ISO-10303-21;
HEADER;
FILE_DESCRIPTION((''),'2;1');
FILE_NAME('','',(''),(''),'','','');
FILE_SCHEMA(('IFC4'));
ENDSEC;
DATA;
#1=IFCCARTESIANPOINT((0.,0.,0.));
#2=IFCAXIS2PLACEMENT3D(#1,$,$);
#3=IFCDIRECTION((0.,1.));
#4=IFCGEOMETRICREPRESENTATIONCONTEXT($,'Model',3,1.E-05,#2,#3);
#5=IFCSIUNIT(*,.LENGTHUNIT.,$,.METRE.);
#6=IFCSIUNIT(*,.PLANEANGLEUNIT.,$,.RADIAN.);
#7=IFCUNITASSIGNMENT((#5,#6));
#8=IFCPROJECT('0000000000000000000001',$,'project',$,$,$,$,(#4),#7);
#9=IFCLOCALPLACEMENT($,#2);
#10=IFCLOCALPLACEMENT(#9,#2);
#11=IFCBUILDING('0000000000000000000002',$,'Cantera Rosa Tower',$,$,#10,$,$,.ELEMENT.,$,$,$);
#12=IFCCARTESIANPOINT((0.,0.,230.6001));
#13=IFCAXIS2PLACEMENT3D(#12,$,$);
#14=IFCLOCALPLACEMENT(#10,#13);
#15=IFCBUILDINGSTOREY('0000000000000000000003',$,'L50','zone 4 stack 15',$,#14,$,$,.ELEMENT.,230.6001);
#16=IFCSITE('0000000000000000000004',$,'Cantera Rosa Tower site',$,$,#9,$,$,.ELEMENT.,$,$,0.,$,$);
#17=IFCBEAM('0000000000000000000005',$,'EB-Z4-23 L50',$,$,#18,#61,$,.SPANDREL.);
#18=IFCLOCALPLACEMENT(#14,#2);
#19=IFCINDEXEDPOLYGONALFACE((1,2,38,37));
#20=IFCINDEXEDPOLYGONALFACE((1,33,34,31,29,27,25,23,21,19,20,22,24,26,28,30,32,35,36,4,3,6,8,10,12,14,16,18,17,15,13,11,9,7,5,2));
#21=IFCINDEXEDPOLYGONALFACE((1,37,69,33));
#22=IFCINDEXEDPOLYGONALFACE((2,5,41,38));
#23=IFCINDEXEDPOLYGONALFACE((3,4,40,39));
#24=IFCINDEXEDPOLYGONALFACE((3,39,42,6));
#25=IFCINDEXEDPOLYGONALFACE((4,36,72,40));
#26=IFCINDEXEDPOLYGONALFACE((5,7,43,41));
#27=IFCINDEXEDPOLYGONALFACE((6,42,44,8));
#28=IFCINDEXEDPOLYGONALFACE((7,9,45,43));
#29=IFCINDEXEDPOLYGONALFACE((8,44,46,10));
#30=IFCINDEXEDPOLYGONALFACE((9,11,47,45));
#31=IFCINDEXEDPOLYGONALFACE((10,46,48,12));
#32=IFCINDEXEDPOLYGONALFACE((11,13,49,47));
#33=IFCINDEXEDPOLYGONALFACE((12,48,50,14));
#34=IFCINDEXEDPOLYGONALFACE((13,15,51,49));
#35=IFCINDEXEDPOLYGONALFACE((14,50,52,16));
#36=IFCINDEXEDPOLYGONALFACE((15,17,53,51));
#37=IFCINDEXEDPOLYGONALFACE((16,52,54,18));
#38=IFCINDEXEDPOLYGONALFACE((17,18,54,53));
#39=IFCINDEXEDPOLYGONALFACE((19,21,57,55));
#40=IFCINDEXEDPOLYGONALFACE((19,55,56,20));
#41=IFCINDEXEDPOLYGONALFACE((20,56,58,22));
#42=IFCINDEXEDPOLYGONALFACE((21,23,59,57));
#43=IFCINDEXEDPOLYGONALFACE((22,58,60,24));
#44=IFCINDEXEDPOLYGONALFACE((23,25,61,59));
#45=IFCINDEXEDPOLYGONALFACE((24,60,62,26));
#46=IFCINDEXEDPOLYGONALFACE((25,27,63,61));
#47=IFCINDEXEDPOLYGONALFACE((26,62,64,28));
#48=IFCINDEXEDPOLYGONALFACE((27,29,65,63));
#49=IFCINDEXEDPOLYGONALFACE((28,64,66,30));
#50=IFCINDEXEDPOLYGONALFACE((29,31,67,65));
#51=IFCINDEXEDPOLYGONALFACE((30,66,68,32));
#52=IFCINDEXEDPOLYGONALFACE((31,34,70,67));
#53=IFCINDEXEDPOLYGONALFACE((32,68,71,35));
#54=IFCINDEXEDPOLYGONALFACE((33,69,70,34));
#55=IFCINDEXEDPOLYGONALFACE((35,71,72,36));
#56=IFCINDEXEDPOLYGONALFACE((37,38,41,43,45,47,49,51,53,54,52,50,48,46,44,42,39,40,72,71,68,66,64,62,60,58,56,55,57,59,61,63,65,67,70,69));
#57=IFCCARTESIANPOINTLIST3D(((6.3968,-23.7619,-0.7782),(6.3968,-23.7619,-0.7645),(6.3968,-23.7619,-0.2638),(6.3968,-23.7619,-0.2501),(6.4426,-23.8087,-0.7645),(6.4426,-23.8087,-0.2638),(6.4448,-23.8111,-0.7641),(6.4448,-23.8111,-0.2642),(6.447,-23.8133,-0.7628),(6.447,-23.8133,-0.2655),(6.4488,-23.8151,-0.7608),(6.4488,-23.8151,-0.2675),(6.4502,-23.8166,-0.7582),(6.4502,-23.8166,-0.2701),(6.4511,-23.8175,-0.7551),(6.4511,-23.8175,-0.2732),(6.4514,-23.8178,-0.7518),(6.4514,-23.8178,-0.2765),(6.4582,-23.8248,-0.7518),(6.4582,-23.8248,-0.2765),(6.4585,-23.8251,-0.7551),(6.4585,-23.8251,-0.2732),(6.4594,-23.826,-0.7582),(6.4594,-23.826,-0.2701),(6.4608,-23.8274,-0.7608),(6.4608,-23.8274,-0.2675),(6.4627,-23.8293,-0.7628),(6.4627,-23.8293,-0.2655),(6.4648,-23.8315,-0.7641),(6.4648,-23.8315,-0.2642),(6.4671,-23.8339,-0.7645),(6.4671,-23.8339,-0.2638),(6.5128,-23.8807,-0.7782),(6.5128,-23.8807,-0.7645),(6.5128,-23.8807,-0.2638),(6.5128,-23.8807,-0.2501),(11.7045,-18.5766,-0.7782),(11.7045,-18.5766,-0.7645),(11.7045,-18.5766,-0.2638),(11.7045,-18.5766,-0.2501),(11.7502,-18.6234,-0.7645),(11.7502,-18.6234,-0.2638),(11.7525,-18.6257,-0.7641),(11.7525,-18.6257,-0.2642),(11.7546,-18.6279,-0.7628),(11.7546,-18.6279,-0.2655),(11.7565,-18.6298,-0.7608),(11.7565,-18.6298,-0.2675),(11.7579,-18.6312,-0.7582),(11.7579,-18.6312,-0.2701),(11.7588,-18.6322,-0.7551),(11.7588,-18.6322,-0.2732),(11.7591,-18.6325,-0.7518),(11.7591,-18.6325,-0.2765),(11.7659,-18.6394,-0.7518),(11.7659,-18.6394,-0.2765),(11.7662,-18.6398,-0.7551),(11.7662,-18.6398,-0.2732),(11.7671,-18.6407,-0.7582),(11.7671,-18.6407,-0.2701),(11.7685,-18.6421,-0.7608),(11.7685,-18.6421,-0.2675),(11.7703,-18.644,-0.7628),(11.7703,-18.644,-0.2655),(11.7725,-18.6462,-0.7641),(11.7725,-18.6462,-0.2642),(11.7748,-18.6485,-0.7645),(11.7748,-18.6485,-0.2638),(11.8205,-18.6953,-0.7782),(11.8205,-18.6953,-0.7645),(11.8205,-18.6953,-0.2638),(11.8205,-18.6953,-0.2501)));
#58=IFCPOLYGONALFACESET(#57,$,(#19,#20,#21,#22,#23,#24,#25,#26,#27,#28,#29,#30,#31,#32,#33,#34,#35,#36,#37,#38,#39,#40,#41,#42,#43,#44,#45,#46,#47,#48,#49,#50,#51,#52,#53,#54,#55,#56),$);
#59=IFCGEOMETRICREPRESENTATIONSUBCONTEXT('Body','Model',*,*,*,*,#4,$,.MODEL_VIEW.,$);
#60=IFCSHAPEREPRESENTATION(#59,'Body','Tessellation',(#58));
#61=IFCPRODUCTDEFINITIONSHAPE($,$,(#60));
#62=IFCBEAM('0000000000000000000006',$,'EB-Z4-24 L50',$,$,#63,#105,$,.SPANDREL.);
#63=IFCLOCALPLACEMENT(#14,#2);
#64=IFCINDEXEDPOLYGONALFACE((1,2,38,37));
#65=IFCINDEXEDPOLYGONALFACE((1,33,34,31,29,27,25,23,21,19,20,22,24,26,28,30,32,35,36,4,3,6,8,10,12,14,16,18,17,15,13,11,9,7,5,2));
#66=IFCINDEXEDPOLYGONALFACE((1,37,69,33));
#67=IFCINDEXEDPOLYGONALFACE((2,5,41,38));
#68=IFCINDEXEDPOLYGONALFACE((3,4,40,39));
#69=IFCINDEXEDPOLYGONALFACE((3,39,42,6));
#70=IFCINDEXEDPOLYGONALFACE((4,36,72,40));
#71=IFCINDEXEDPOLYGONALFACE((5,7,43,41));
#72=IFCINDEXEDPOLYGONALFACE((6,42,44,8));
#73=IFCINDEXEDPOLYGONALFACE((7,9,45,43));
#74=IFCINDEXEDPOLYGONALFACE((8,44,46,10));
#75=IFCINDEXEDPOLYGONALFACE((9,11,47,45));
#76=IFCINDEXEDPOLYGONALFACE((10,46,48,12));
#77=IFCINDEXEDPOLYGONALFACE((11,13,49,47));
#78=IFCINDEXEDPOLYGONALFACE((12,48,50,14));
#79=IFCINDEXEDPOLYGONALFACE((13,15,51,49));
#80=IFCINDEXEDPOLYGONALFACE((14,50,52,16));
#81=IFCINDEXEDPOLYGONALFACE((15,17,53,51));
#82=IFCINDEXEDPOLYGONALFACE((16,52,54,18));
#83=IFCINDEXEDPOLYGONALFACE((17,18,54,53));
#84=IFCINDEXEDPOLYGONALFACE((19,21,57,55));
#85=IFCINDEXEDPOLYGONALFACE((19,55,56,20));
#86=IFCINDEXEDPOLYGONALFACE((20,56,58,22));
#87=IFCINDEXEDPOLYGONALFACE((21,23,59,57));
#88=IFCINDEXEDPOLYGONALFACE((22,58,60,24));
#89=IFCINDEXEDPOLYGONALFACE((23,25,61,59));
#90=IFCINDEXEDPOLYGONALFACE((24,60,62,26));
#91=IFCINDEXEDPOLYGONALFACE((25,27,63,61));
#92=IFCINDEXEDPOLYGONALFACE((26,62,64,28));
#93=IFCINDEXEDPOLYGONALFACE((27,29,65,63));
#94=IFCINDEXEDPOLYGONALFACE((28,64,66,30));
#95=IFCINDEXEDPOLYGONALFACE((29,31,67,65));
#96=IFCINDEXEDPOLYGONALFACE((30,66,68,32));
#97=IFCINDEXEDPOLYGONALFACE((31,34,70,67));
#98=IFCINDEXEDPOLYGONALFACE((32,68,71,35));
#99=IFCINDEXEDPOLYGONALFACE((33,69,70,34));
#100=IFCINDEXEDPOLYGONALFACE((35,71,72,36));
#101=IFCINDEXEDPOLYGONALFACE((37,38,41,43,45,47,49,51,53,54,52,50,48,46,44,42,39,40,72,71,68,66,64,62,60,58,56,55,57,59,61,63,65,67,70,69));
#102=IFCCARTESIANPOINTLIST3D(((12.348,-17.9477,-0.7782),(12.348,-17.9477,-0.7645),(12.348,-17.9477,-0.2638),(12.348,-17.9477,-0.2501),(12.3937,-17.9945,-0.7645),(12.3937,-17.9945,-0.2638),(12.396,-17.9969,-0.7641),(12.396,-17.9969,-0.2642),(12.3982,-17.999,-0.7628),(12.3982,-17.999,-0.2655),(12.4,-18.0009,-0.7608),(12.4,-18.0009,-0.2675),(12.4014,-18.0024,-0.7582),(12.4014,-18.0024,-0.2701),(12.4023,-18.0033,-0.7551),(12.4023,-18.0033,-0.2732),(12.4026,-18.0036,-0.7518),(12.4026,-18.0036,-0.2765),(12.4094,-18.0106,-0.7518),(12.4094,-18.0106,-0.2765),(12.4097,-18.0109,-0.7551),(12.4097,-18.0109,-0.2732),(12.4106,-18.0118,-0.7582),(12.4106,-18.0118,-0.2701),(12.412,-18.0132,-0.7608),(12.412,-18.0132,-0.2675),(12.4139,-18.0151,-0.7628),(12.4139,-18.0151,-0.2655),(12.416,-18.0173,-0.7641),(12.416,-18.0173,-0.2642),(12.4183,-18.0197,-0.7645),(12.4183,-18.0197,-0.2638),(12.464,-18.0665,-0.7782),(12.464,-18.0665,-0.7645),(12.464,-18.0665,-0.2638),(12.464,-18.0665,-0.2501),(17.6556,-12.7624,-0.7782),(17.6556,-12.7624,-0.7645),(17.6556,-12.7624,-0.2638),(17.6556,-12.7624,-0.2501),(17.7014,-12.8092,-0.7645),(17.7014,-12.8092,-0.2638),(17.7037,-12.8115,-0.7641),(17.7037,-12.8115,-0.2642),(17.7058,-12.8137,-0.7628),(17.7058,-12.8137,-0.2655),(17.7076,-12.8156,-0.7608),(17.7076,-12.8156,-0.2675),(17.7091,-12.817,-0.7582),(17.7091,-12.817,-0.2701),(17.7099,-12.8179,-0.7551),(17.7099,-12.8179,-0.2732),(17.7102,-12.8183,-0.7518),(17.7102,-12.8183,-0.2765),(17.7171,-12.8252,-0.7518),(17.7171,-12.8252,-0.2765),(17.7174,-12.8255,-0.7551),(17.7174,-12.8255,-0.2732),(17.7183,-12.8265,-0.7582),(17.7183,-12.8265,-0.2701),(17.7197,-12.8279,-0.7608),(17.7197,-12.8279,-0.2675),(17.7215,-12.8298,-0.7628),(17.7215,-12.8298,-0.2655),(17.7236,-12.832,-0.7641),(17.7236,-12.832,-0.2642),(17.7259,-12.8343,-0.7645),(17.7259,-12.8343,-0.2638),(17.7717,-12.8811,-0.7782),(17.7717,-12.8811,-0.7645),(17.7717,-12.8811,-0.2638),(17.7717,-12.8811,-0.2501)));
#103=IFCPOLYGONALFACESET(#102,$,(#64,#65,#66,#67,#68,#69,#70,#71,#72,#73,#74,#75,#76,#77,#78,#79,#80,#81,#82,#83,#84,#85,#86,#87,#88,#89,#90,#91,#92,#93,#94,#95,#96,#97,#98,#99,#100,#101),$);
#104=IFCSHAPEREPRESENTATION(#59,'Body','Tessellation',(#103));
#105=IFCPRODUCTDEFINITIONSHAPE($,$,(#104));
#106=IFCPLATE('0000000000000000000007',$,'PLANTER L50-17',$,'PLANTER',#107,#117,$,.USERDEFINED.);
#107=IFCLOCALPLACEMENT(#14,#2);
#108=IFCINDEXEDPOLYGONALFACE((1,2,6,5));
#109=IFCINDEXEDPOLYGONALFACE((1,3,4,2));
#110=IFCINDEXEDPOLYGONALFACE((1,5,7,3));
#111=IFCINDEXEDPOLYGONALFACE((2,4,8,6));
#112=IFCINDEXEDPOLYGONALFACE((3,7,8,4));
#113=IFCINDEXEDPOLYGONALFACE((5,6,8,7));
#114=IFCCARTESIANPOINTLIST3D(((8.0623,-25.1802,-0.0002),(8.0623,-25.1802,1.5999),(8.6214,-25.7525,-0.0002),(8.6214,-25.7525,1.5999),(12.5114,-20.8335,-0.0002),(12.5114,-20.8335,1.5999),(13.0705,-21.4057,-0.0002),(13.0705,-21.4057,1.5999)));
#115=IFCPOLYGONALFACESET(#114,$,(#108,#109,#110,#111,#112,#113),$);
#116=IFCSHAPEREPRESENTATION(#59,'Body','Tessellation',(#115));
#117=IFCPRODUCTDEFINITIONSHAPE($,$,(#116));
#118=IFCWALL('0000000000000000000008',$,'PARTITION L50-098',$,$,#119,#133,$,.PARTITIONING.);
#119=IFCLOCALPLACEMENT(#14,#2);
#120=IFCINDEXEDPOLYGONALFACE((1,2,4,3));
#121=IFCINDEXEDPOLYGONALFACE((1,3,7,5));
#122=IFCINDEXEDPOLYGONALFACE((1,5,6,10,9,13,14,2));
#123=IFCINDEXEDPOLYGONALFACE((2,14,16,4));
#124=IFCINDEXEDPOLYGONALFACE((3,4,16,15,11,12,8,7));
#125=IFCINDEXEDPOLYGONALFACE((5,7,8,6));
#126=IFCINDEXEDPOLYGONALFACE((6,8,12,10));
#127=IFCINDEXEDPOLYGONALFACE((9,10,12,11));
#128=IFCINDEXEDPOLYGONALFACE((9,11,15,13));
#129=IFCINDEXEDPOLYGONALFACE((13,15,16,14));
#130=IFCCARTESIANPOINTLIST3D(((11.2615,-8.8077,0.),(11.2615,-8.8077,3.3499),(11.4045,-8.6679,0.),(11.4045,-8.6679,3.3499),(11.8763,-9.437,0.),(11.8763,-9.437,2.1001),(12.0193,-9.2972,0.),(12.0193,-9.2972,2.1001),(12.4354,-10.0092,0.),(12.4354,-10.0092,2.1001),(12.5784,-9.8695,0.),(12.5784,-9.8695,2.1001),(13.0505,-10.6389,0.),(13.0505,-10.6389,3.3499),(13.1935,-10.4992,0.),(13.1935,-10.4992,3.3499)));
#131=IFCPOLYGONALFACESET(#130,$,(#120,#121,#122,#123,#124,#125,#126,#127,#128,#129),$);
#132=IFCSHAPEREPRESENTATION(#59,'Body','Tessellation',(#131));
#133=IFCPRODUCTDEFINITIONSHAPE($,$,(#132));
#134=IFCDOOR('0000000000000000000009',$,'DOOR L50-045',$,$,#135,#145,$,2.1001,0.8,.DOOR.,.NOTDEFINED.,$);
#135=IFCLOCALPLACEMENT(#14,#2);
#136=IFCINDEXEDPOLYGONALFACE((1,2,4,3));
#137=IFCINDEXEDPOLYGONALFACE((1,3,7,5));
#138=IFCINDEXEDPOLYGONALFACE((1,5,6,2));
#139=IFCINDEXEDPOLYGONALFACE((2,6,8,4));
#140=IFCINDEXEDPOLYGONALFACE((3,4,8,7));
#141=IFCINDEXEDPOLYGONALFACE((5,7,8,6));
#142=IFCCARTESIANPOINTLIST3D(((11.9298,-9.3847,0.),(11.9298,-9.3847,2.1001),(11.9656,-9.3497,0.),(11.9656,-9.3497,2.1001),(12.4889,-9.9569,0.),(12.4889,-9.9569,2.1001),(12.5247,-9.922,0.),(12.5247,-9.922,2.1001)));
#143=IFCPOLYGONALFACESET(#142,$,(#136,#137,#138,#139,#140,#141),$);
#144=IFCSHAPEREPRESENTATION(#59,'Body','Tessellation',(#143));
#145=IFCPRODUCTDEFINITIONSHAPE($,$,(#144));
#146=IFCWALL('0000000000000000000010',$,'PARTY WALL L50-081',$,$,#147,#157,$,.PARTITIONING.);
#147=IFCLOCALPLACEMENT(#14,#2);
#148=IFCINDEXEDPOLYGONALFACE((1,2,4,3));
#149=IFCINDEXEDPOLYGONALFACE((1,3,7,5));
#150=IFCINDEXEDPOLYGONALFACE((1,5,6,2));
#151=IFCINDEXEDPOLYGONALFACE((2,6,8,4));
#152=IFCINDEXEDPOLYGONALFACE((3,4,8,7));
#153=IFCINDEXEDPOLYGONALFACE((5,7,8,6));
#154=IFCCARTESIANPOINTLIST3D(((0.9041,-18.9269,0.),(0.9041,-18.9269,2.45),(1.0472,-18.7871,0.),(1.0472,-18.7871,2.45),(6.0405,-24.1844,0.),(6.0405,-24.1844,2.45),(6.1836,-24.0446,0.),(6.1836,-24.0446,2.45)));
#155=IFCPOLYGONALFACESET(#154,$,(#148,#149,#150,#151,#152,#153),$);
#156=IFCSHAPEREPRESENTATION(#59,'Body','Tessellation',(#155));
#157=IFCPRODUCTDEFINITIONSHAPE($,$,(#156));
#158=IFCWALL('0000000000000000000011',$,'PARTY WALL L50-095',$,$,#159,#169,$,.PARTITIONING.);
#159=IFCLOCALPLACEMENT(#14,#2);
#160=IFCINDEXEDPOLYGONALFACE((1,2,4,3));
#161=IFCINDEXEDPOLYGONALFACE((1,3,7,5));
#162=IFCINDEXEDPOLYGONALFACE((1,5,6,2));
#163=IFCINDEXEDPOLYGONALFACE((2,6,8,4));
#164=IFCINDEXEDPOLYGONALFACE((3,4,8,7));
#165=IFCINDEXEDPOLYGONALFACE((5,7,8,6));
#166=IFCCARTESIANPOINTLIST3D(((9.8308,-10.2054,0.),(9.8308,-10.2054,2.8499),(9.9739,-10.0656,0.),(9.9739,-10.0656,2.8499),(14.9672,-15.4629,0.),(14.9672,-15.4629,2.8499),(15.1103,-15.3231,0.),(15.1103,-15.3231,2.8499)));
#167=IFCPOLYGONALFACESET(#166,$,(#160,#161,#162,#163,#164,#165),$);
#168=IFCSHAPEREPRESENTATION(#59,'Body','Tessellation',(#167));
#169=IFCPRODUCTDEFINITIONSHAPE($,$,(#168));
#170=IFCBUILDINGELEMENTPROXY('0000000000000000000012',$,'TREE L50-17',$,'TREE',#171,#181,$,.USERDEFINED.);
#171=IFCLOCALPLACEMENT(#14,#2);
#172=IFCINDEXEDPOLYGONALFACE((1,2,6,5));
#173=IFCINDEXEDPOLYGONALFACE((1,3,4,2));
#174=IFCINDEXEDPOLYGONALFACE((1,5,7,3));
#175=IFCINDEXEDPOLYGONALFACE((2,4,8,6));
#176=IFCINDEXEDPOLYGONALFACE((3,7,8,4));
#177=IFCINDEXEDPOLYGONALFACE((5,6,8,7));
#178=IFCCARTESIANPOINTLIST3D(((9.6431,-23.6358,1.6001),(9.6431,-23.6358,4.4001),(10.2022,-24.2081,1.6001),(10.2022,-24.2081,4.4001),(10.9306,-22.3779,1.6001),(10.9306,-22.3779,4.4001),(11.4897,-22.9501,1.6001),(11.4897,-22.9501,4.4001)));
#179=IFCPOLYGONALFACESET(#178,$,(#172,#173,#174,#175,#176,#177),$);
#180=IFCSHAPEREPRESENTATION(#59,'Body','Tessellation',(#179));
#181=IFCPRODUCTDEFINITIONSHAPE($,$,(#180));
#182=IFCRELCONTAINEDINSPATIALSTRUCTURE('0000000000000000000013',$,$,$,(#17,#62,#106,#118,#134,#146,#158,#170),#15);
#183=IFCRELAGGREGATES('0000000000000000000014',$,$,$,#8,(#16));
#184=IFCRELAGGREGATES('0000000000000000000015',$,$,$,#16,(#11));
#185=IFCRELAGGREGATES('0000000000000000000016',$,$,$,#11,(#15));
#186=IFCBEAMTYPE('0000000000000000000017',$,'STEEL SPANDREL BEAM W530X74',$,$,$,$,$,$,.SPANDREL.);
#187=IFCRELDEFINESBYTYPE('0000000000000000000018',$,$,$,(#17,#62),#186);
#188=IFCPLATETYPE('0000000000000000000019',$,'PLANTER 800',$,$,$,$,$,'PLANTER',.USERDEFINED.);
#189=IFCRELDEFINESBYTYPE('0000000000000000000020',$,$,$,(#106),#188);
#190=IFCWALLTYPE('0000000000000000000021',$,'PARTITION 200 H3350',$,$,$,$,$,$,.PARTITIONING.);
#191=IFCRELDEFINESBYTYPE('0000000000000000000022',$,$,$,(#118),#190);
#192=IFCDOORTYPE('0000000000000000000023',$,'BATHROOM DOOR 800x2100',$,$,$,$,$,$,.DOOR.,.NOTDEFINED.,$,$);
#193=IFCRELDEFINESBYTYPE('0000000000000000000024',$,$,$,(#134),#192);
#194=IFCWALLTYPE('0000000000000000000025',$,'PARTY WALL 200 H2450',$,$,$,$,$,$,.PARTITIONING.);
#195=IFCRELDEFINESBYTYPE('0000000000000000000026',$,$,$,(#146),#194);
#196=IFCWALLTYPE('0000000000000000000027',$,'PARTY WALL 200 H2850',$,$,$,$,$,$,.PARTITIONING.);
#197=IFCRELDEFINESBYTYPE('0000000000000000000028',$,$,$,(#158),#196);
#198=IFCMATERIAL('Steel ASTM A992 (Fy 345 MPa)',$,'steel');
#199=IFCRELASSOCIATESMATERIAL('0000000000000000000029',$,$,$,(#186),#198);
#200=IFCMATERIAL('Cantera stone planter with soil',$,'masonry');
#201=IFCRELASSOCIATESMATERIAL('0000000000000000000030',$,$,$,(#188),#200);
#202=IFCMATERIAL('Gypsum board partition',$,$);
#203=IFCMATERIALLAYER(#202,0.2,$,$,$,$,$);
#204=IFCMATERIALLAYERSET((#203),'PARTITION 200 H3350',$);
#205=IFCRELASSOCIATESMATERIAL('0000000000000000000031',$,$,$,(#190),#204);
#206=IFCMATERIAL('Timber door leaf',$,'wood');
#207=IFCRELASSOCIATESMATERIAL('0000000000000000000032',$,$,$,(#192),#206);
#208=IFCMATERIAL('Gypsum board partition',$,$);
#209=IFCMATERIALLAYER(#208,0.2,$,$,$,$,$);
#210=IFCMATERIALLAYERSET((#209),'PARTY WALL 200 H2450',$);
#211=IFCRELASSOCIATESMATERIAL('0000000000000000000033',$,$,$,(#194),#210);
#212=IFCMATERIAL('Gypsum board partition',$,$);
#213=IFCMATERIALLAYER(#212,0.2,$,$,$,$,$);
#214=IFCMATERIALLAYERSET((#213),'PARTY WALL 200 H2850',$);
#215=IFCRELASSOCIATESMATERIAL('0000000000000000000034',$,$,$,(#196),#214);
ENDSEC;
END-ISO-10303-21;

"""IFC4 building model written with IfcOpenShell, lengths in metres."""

from ifc_helpers import new_model, si_unit, direction, frame, frame_2d, origin, origin_2d, place, context, subcontext, project, spatial, rectangle, i_section, extrude, material, layer, layer_set, material_profile, profile_set, type_object, element, fill, save


model = new_model("IFC4")

# Units and contexts
model_context = context("Model", 3, precision=1e-05, world=origin(), true_north=direction((0.0, 1.0)))
body_context = subcontext(model_context, "Body", "Model", "MODEL_VIEW")
ifc_project = project(units=[si_unit("LENGTHUNIT", "METRE"), si_unit("PLANEANGLEUNIT", "RADIAN")], contexts=[model_context])

# Site, building, storey
site_placement = place(None, origin())
site = spatial("IfcSite", under=ifc_project, at=site_placement, Name="Cantera Rosa Tower site", CompositionType="ELEMENT", RefElevation=0.0)
building_placement = place(site_placement, origin())
building = spatial("IfcBuilding", under=site, at=building_placement, Name="Cantera Rosa Tower", CompositionType="ELEMENT")
storey_placement = place(building_placement, frame((0.0, 0.0, 230.6001)))
storey = spatial("IfcBuildingStorey", under=building, at=storey_placement, Name="L50", Description="zone 4 stack 15", CompositionType="ELEMENT", Elevation=230.6001)

# Beams
ifc_material_1 = material(Name="Steel ASTM A992 (Fy 345 MPa)", Category="steel")
ifc_material_profile_1 = material_profile(ifc_material_1, i_section(OverallWidth=0.166, OverallDepth=0.5281, WebThickness=0.0098, FlangeThickness=0.0137, FilletRadius=0.0127, at=origin_2d()), Name="W530X74")
ifc_profile_set_1 = profile_set([ifc_material_profile_1], Name="Steel ASTM A992 (Fy 345 MPa)")
beam_type_1 = type_object("IfcBeamType", Name="STEEL SPANDREL BEAM W530X74", PredefinedType="SPANDREL", material=ifc_profile_set_1)
for number, where, z_axis, x_axis, name in (
    (1, (6.4548, -23.8213, -0.5142), (0.715301, 0.698817, 0.0), (-0.698817, 0.715301, 0.0), "EB-Z4-23 L50"),
    (2, (12.406, -18.0071, -0.5142), (0.715301, 0.698817, 0.0), (-0.698817, 0.715301, 0.0), "EB-Z4-24 L50"),
):
    element("IfcBeam", number, at=place(storey_placement, frame(where, z_axis=z_axis, x_axis=x_axis)), inside=storey, type_object=beam_type_1, Name=name, PredefinedType="SPANDREL", context=body_context, shape_type="SweptSolid", body=[
        extrude(i_section(OverallWidth=0.166, OverallDepth=0.5281, WebThickness=0.0098, FlangeThickness=0.0137, FilletRadius=0.0127, at=origin_2d()), origin(), (0.0, 0.0, 1.0), 7.4202),
    ])

# Plate
ifc_material_2 = material(Name="Cantera stone planter with soil", Category="masonry")
plate_type = type_object("IfcPlateType", Name="PLANTER 800", ElementType="PLANTER", PredefinedType="USERDEFINED", material=ifc_material_2)
plate_placement = place(storey_placement, frame((10.5664, -23.293, -0.0002), z_axis=(0.0, 0.0, 1.0), x_axis=(0.715286, 0.698832, 0.0)))
element("IfcPlate", 3, at=plate_placement, inside=storey, type_object=plate_type, Name="PLANTER L50-17", ObjectType="PLANTER", PredefinedType="USERDEFINED", context=body_context, shape_type="SweptSolid", body=[
    extrude(rectangle(XDim=6.22, YDim=0.8, at=origin_2d()), origin(), (0.0, 0.0, 1.0), 1.6001),
])

# Wall, opening, door
ifc_material_3 = material(Name="Gypsum board partition")
ifc_layer_1 = layer(ifc_material_3, 0.2)
ifc_layer_set_1 = layer_set([ifc_layer_1], Name="PARTITION 200 H3350")
wall_type_1 = type_object("IfcWallType", Name="PARTITION 200 H3350", PredefinedType="PARTITIONING", material=ifc_layer_set_1)
wall_1_placement = place(storey_placement, frame((11.333, -8.7378, 0.0), z_axis=(0.0, 0.0, 1.0), x_axis=(0.69881, -0.715307, 0.0)))
wall_1 = element("IfcWall", 4, at=wall_1_placement, inside=storey, type_object=wall_type_1, Name="PARTITION L50-098", PredefinedType="PARTITIONING", context=body_context, shape_type="SweptSolid", body=[
    extrude(rectangle(XDim=2.5601, YDim=0.2, at=frame_2d((1.28, 0.0))), origin(), (0.0, 0.0, 1.0), 3.3499),
])
opening_1_placement = place(wall_1_placement, frame((0.8799, 0.0, 0.0)))
opening_1 = element("IfcOpeningElement", 5, at=opening_1_placement, cuts=wall_1, PredefinedType="OPENING", context=body_context, shape_type="SweptSolid", body=[
    extrude(rectangle(XDim=0.8, YDim=2.1001, at=frame_2d((0.3999, 1.05))), frame((0.0, 0.1099, 0.0), z_axis=(0.0, -1.0, 0.0), x_axis=(1.0, 0.0, 0.0)), (0.0, 0.0, 1.0), 0.22),
])
ifc_material_4 = material(Name="Timber door leaf", Category="wood")
door_type_1 = type_object("IfcDoorType", Name="BATHROOM DOOR 800x2100", OperationType="NOTDEFINED", PredefinedType="DOOR", material=ifc_material_4)
door_1_placement = place(opening_1_placement, origin())
door_1 = element("IfcDoor", 6, at=door_1_placement, inside=storey, type_object=door_type_1, Name="DOOR L50-045", OperationType="NOTDEFINED", OverallHeight=2.1001, OverallWidth=0.8, PredefinedType="DOOR", context=body_context, shape_type="SweptSolid", body=[
    extrude(rectangle(XDim=0.8, YDim=2.1001, at=frame_2d((0.3999, 1.05))), frame((0.0, 0.0249, 0.0), z_axis=(0.0, -1.0, 0.0), x_axis=(1.0, 0.0, 0.0)), (0.0, 0.0, 1.0), 0.05),
])
fill(opening_1, door_1)

# Walls
ifc_material_5 = material(Name="Gypsum board partition")
ifc_layer_2 = layer(ifc_material_5, 0.2)
ifc_layer_set_2 = layer_set([ifc_layer_2], Name="PARTY WALL 200 H2450")
wall_type_2 = type_object("IfcWallType", Name="PARTY WALL 200 H2450", PredefinedType="PARTITIONING", material=ifc_layer_set_2)
wall_2_placement = place(storey_placement, frame((6.1121, -24.1145, 0.0), z_axis=(0.0, 0.0, 1.0), x_axis=(-0.698821, 0.715296, 0.0)))
element("IfcWall", 7, at=wall_2_placement, inside=storey, type_object=wall_type_2, Name="PARTY WALL L50-081", PredefinedType="PARTITIONING", context=body_context, shape_type="SweptSolid", body=[
    extrude(rectangle(XDim=7.3501, YDim=0.2, at=frame_2d((3.675, 0.0))), origin(), (0.0, 0.0, 1.0), 2.45),
])
ifc_material_6 = material(Name="Gypsum board partition")
ifc_layer_3 = layer(ifc_material_6, 0.2)
ifc_layer_set_3 = layer_set([ifc_layer_3], Name="PARTY WALL 200 H2850")
wall_type_3 = type_object("IfcWallType", Name="PARTY WALL 200 H2850", PredefinedType="PARTITIONING", material=ifc_layer_set_3)
wall_3_placement = place(storey_placement, frame((9.9023, -10.1355, 0.0), z_axis=(0.0, 0.0, 1.0), x_axis=(0.698821, -0.715296, 0.0)))
element("IfcWall", 8, at=wall_3_placement, inside=storey, type_object=wall_type_3, Name="PARTY WALL L50-095", PredefinedType="PARTITIONING", context=body_context, shape_type="SweptSolid", body=[
    extrude(rectangle(XDim=7.3501, YDim=0.2, at=frame_2d((3.675, 0.0))), origin(), (0.0, 0.0, 1.0), 2.8499),
])

# Building element proxy
proxy_placement = place(storey_placement, frame((10.5664, -23.293, 1.6001), z_axis=(0.0, 0.0, 1.0), x_axis=(0.715286, 0.698832, 0.0)))
element("IfcBuildingElementProxy", 9, at=proxy_placement, inside=storey, Name="TREE L50-17", ObjectType="TREE", PredefinedType="USERDEFINED", context=body_context, shape_type="SweptSolid", body=[
    extrude(rectangle(XDim=1.8, YDim=0.8, at=origin_2d()), origin(), (0.0, 0.0, 1.0), 2.8),
])

save(model, "model.ifc")
